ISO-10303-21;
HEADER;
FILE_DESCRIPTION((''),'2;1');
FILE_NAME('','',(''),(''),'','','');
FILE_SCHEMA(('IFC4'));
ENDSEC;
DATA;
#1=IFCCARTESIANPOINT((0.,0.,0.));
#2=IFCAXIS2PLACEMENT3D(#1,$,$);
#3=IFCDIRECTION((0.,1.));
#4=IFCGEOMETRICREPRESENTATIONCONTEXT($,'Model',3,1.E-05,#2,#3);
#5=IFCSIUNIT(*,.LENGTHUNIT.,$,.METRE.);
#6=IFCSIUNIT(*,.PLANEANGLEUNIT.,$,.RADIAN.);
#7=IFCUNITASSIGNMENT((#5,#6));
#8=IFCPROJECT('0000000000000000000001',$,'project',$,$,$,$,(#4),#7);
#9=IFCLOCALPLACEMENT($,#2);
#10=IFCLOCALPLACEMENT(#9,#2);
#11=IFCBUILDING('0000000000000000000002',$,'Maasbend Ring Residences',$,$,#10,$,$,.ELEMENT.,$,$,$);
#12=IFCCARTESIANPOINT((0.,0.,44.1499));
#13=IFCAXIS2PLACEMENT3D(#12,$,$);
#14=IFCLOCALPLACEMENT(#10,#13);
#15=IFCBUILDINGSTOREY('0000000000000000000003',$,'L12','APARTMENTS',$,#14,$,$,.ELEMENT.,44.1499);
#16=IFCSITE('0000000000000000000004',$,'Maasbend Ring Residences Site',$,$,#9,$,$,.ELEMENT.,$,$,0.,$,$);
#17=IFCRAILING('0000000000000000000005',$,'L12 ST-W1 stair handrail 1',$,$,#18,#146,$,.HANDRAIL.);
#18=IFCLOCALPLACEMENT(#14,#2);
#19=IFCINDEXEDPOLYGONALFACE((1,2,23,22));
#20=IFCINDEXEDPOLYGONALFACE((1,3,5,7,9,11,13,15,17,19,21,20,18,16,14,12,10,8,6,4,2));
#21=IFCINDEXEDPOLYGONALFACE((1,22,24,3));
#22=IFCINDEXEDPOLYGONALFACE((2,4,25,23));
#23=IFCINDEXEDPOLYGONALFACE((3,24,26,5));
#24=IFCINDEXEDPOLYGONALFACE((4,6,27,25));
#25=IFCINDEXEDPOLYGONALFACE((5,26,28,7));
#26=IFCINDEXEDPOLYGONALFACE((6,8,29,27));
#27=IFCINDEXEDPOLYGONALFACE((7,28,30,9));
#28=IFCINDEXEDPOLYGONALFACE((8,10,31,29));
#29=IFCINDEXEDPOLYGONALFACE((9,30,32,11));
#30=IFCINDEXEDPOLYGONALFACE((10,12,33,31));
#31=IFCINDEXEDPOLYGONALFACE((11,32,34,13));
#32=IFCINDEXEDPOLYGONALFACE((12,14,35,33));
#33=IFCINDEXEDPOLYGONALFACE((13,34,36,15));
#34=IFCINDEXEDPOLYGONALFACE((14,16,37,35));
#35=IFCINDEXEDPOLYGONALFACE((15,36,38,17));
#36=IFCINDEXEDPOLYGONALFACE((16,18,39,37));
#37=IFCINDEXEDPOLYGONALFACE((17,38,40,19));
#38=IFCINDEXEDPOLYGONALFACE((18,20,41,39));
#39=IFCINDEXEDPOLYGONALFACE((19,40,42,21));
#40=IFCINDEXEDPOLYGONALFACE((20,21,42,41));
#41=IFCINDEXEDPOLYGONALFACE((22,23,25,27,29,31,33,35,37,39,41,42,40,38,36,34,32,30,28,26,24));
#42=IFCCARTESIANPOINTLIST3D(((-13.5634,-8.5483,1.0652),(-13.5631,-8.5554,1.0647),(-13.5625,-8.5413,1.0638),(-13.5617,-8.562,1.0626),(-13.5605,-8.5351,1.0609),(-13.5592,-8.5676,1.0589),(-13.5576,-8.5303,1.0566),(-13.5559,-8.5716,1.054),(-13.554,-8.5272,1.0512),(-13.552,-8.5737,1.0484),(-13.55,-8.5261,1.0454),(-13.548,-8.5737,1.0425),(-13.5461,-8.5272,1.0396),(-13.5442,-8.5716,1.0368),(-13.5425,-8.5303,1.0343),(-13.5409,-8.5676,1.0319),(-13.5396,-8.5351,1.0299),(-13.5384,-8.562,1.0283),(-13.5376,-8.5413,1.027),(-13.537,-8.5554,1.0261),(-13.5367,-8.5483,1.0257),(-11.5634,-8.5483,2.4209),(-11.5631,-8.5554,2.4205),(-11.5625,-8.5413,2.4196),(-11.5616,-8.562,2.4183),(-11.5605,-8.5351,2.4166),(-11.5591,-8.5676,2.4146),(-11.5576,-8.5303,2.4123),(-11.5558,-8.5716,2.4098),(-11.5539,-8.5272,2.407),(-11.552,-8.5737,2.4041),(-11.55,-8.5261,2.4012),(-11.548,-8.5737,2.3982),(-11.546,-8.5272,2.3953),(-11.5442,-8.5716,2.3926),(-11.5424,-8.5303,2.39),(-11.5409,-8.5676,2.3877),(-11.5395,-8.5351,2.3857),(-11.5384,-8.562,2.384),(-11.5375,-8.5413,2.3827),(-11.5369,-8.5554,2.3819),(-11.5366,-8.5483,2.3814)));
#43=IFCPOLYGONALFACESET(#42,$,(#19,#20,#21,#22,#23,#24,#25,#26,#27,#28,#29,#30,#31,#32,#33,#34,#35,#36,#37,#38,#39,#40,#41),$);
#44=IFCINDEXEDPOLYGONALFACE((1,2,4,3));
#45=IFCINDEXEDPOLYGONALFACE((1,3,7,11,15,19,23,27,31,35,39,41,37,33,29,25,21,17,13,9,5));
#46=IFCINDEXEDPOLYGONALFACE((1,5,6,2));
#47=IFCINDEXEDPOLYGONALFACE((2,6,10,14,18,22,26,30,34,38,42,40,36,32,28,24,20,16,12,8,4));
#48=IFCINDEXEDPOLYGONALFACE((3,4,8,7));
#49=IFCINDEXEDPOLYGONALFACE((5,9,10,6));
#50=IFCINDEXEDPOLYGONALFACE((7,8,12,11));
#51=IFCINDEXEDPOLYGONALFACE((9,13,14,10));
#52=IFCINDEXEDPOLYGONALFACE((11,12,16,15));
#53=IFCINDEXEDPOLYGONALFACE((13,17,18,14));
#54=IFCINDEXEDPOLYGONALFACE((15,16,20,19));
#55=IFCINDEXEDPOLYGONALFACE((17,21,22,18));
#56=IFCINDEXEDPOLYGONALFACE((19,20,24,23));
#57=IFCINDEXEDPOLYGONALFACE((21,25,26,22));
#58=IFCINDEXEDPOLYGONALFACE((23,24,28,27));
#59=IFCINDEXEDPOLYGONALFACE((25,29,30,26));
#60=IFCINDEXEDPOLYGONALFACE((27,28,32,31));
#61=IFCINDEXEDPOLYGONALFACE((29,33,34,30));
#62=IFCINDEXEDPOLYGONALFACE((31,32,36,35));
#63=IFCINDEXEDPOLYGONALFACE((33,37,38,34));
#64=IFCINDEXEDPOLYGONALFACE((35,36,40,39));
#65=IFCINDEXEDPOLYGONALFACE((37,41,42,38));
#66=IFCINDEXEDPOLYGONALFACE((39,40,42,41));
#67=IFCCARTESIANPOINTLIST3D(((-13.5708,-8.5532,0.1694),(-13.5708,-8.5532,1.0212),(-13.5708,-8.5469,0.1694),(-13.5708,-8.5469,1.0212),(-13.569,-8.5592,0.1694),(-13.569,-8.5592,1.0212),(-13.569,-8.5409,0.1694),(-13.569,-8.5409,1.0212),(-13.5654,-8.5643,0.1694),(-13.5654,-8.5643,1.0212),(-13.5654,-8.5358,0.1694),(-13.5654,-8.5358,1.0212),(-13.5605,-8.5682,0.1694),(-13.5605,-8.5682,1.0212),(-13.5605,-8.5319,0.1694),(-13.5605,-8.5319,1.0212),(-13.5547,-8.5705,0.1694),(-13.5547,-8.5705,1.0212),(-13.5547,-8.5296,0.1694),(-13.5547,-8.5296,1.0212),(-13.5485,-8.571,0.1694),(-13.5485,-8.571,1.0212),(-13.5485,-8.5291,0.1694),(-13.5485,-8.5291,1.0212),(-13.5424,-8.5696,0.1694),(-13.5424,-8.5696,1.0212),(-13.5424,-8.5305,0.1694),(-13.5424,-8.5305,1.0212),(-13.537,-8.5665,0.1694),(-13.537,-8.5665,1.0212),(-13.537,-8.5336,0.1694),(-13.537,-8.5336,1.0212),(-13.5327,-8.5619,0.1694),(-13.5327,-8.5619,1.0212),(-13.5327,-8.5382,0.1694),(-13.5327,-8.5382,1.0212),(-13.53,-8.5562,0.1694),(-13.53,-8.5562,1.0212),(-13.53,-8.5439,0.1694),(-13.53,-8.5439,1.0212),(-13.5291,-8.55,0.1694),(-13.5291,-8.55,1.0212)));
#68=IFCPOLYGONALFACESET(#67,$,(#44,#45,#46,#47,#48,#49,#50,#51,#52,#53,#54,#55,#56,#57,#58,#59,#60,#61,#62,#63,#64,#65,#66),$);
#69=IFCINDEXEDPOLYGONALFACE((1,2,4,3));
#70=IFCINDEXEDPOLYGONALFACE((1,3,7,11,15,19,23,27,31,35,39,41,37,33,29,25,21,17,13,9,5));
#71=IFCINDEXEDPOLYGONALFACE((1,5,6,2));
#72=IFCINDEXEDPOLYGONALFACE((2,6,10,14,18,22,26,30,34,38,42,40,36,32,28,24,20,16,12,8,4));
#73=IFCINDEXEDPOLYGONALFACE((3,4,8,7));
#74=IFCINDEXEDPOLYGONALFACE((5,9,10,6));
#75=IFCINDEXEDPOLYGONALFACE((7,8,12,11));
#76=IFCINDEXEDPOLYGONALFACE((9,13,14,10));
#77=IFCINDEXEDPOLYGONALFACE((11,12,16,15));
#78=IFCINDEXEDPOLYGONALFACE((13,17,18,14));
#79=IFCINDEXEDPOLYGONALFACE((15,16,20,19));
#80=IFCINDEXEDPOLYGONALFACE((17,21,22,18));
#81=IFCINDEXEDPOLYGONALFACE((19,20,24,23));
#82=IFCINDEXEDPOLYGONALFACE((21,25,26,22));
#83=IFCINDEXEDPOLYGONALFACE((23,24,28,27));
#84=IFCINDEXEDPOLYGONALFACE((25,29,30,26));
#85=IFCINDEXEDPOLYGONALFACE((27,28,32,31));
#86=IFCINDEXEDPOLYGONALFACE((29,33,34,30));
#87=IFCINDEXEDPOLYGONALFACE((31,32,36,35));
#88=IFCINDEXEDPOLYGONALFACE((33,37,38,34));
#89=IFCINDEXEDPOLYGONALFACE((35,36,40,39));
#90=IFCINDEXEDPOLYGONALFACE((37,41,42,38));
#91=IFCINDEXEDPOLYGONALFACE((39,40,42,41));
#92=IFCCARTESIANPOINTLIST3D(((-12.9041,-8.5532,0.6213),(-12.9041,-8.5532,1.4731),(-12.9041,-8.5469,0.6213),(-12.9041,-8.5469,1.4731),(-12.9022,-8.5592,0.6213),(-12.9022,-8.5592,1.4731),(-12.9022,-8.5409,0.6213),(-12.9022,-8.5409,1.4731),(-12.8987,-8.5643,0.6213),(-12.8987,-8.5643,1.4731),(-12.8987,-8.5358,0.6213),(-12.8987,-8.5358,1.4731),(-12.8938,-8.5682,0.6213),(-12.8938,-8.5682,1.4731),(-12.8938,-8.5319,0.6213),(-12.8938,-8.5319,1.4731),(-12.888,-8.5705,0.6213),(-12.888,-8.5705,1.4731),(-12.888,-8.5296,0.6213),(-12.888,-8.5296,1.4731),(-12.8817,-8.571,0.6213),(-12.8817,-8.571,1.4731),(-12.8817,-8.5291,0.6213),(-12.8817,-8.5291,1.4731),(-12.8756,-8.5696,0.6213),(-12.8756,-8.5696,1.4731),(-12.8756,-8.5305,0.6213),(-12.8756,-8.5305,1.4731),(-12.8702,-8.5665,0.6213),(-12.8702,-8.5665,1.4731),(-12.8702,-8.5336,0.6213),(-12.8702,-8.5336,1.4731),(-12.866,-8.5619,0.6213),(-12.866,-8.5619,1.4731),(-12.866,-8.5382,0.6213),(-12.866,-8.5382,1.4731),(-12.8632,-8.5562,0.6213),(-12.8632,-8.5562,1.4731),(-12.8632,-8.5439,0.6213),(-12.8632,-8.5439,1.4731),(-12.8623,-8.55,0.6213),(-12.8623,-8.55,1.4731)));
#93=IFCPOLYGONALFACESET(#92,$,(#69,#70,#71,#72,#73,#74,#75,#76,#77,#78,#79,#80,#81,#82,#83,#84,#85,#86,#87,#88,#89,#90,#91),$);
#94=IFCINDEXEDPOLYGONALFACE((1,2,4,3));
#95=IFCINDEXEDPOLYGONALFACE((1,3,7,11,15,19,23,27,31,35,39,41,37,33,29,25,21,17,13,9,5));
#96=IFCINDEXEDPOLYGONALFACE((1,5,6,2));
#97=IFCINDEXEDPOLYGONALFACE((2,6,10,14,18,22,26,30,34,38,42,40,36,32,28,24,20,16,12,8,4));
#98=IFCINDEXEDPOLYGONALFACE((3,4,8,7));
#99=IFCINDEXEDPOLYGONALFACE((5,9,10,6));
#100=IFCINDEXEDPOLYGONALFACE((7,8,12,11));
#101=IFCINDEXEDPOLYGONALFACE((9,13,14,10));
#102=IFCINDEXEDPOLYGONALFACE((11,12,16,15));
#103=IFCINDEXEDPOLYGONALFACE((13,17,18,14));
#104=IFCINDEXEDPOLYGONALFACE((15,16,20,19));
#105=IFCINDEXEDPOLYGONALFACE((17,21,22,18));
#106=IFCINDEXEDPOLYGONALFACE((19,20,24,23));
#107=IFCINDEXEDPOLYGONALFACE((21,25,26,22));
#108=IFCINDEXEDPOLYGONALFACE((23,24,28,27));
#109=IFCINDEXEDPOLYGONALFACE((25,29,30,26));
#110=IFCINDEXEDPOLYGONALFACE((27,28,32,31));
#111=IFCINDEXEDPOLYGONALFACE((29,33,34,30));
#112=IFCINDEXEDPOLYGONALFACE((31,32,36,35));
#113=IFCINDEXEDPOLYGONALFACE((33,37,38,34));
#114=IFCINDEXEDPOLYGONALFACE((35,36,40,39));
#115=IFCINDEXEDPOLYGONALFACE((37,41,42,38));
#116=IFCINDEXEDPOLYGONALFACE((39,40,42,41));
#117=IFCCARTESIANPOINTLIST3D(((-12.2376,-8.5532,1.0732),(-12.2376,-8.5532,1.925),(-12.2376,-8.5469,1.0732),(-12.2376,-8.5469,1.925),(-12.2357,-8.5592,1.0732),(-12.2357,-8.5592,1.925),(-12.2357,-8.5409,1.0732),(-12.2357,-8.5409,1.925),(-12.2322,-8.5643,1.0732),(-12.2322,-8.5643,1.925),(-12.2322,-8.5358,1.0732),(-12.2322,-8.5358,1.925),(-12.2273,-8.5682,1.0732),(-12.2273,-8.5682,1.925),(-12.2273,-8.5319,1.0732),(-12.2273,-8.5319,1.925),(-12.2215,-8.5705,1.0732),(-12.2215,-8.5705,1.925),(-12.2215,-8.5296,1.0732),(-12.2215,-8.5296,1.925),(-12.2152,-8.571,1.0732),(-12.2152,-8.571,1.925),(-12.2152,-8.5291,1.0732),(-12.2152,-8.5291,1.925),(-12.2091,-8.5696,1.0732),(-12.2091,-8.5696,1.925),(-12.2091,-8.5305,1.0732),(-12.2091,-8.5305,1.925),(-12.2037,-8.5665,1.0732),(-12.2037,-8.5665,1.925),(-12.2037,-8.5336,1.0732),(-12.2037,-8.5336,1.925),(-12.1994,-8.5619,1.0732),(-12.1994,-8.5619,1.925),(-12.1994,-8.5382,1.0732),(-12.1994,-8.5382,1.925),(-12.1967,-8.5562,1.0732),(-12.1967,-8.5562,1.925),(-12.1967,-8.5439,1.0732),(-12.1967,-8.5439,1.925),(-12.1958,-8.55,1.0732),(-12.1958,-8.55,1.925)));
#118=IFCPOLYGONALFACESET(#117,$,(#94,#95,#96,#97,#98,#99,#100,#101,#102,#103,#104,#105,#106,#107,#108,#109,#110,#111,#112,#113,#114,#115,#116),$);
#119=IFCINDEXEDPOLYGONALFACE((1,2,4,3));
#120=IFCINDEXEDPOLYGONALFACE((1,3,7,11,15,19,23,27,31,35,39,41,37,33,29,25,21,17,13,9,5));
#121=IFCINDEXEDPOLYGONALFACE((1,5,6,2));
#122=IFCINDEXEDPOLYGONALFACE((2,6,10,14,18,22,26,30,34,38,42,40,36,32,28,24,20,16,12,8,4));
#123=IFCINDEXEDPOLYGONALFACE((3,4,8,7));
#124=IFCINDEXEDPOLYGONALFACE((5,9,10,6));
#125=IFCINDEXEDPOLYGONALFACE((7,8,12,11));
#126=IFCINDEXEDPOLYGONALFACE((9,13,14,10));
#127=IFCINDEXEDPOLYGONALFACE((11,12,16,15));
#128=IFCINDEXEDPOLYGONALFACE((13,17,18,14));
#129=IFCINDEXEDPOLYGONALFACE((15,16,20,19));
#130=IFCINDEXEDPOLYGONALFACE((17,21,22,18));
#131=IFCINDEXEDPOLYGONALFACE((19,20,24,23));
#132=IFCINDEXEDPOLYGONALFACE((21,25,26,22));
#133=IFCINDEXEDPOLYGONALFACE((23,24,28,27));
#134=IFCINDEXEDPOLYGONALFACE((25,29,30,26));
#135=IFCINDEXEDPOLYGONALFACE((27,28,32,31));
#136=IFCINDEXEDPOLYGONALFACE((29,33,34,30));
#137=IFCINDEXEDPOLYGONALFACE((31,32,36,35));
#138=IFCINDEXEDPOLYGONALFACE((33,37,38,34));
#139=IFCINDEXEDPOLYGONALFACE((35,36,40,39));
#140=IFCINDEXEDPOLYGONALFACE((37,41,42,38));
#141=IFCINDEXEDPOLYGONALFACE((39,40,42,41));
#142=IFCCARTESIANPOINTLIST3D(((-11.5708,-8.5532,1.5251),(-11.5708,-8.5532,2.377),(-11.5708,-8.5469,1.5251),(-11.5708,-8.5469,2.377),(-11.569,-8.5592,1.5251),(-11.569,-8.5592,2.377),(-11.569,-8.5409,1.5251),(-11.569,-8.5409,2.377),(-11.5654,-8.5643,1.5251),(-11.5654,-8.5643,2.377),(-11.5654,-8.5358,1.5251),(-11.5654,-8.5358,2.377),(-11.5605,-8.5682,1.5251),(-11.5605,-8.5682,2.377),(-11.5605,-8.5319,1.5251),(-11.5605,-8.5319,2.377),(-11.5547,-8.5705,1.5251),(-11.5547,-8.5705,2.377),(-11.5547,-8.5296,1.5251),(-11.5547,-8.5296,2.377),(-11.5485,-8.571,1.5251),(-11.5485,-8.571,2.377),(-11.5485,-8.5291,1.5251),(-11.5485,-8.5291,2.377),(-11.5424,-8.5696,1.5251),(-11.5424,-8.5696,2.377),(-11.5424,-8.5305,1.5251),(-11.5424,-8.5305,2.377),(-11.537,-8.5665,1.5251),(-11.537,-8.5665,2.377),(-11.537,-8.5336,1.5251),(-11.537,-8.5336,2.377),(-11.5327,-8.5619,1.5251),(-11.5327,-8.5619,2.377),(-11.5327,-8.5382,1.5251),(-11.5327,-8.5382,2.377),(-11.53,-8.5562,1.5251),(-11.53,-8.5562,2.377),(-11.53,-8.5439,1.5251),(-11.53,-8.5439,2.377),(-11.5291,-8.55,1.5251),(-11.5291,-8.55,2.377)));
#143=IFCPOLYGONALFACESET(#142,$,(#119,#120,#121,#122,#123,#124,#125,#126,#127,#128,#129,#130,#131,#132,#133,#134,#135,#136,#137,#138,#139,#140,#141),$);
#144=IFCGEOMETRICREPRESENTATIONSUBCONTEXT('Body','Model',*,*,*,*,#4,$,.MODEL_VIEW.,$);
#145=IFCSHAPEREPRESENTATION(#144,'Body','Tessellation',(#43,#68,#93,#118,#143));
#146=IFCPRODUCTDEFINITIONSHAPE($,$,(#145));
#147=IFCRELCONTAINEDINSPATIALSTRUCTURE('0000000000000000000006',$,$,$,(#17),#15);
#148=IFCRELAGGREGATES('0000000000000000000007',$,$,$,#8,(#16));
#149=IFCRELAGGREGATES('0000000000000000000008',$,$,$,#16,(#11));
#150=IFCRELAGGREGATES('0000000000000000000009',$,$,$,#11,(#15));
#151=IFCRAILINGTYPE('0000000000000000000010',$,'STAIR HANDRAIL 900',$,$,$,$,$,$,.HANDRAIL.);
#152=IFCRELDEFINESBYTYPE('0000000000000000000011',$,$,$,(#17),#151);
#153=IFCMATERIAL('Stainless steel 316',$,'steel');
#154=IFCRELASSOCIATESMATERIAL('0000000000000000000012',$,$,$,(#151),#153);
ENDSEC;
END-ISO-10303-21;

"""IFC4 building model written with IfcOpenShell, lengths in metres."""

from ifc_helpers import new_model, si_unit, direction, frame, origin, origin_2d, place, context, subcontext, project, spatial, circle, extrude, material, type_object, element, save


model = new_model("IFC4")

# Units and contexts
model_context = context("Model", 3, precision=1e-05, world=origin(), true_north=direction((0.0, 1.0)))
body_context = subcontext(model_context, "Body", "Model", "MODEL_VIEW")
ifc_project = project(units=[si_unit("LENGTHUNIT", "METRE"), si_unit("PLANEANGLEUNIT", "RADIAN")], contexts=[model_context])

# Site, building, storey
site_placement = place(None, origin())
site = spatial("IfcSite", under=ifc_project, at=site_placement, Name="Maasbend Ring Residences Site", CompositionType="ELEMENT", RefElevation=0.0)
building_placement = place(site_placement, origin())
building = spatial("IfcBuilding", under=site, at=building_placement, Name="Maasbend Ring Residences", CompositionType="ELEMENT")
storey_placement = place(building_placement, frame((0.0, 0.0, 44.1499)))
storey = spatial("IfcBuildingStorey", under=building, at=storey_placement, Name="L12", Description="APARTMENTS", CompositionType="ELEMENT", Elevation=44.1499)

# Railing
ifc_material_1 = material(Name="Stainless steel 316", Category="steel")
railing_type_1 = type_object("IfcRailingType", Name="STAIR HANDRAIL 900", PredefinedType="HANDRAIL", material=ifc_material_1)
railing_1_placement = place(storey_placement, frame((-13.55, -8.55, 0.1694)))
element("IfcRailing", 1, at=railing_1_placement, inside=storey, type_object=railing_type_1, Name="L12 ST-W1 stair handrail 1", PredefinedType="HANDRAIL", context=body_context, shape_type="SweptSolid", body=[
    extrude(circle(Radius=0.0239, at=origin_2d()), frame((0.0, 0.0, 0.876), z_axis=(0.827751, 0.0, 0.561096), x_axis=(0.0, 1.0, 0.0)), (0.0, 0.0, 1.0), 2.4163),
    extrude(circle(Radius=0.021, at=origin_2d()), origin(), (0.0, 0.0, 1.0), 0.8518),
    extrude(circle(Radius=0.021, at=origin_2d()), frame((0.6667, 0.0, 0.4519)), (0.0, 0.0, 1.0), 0.8518),
    extrude(circle(Radius=0.021, at=origin_2d()), frame((1.3333, 0.0, 0.9038)), (0.0, 0.0, 1.0), 0.8518),
    extrude(circle(Radius=0.021, at=origin_2d()), frame((2.0, 0.0, 1.3557)), (0.0, 0.0, 1.0), 0.8518),
])

save(model, "model.ifc")
